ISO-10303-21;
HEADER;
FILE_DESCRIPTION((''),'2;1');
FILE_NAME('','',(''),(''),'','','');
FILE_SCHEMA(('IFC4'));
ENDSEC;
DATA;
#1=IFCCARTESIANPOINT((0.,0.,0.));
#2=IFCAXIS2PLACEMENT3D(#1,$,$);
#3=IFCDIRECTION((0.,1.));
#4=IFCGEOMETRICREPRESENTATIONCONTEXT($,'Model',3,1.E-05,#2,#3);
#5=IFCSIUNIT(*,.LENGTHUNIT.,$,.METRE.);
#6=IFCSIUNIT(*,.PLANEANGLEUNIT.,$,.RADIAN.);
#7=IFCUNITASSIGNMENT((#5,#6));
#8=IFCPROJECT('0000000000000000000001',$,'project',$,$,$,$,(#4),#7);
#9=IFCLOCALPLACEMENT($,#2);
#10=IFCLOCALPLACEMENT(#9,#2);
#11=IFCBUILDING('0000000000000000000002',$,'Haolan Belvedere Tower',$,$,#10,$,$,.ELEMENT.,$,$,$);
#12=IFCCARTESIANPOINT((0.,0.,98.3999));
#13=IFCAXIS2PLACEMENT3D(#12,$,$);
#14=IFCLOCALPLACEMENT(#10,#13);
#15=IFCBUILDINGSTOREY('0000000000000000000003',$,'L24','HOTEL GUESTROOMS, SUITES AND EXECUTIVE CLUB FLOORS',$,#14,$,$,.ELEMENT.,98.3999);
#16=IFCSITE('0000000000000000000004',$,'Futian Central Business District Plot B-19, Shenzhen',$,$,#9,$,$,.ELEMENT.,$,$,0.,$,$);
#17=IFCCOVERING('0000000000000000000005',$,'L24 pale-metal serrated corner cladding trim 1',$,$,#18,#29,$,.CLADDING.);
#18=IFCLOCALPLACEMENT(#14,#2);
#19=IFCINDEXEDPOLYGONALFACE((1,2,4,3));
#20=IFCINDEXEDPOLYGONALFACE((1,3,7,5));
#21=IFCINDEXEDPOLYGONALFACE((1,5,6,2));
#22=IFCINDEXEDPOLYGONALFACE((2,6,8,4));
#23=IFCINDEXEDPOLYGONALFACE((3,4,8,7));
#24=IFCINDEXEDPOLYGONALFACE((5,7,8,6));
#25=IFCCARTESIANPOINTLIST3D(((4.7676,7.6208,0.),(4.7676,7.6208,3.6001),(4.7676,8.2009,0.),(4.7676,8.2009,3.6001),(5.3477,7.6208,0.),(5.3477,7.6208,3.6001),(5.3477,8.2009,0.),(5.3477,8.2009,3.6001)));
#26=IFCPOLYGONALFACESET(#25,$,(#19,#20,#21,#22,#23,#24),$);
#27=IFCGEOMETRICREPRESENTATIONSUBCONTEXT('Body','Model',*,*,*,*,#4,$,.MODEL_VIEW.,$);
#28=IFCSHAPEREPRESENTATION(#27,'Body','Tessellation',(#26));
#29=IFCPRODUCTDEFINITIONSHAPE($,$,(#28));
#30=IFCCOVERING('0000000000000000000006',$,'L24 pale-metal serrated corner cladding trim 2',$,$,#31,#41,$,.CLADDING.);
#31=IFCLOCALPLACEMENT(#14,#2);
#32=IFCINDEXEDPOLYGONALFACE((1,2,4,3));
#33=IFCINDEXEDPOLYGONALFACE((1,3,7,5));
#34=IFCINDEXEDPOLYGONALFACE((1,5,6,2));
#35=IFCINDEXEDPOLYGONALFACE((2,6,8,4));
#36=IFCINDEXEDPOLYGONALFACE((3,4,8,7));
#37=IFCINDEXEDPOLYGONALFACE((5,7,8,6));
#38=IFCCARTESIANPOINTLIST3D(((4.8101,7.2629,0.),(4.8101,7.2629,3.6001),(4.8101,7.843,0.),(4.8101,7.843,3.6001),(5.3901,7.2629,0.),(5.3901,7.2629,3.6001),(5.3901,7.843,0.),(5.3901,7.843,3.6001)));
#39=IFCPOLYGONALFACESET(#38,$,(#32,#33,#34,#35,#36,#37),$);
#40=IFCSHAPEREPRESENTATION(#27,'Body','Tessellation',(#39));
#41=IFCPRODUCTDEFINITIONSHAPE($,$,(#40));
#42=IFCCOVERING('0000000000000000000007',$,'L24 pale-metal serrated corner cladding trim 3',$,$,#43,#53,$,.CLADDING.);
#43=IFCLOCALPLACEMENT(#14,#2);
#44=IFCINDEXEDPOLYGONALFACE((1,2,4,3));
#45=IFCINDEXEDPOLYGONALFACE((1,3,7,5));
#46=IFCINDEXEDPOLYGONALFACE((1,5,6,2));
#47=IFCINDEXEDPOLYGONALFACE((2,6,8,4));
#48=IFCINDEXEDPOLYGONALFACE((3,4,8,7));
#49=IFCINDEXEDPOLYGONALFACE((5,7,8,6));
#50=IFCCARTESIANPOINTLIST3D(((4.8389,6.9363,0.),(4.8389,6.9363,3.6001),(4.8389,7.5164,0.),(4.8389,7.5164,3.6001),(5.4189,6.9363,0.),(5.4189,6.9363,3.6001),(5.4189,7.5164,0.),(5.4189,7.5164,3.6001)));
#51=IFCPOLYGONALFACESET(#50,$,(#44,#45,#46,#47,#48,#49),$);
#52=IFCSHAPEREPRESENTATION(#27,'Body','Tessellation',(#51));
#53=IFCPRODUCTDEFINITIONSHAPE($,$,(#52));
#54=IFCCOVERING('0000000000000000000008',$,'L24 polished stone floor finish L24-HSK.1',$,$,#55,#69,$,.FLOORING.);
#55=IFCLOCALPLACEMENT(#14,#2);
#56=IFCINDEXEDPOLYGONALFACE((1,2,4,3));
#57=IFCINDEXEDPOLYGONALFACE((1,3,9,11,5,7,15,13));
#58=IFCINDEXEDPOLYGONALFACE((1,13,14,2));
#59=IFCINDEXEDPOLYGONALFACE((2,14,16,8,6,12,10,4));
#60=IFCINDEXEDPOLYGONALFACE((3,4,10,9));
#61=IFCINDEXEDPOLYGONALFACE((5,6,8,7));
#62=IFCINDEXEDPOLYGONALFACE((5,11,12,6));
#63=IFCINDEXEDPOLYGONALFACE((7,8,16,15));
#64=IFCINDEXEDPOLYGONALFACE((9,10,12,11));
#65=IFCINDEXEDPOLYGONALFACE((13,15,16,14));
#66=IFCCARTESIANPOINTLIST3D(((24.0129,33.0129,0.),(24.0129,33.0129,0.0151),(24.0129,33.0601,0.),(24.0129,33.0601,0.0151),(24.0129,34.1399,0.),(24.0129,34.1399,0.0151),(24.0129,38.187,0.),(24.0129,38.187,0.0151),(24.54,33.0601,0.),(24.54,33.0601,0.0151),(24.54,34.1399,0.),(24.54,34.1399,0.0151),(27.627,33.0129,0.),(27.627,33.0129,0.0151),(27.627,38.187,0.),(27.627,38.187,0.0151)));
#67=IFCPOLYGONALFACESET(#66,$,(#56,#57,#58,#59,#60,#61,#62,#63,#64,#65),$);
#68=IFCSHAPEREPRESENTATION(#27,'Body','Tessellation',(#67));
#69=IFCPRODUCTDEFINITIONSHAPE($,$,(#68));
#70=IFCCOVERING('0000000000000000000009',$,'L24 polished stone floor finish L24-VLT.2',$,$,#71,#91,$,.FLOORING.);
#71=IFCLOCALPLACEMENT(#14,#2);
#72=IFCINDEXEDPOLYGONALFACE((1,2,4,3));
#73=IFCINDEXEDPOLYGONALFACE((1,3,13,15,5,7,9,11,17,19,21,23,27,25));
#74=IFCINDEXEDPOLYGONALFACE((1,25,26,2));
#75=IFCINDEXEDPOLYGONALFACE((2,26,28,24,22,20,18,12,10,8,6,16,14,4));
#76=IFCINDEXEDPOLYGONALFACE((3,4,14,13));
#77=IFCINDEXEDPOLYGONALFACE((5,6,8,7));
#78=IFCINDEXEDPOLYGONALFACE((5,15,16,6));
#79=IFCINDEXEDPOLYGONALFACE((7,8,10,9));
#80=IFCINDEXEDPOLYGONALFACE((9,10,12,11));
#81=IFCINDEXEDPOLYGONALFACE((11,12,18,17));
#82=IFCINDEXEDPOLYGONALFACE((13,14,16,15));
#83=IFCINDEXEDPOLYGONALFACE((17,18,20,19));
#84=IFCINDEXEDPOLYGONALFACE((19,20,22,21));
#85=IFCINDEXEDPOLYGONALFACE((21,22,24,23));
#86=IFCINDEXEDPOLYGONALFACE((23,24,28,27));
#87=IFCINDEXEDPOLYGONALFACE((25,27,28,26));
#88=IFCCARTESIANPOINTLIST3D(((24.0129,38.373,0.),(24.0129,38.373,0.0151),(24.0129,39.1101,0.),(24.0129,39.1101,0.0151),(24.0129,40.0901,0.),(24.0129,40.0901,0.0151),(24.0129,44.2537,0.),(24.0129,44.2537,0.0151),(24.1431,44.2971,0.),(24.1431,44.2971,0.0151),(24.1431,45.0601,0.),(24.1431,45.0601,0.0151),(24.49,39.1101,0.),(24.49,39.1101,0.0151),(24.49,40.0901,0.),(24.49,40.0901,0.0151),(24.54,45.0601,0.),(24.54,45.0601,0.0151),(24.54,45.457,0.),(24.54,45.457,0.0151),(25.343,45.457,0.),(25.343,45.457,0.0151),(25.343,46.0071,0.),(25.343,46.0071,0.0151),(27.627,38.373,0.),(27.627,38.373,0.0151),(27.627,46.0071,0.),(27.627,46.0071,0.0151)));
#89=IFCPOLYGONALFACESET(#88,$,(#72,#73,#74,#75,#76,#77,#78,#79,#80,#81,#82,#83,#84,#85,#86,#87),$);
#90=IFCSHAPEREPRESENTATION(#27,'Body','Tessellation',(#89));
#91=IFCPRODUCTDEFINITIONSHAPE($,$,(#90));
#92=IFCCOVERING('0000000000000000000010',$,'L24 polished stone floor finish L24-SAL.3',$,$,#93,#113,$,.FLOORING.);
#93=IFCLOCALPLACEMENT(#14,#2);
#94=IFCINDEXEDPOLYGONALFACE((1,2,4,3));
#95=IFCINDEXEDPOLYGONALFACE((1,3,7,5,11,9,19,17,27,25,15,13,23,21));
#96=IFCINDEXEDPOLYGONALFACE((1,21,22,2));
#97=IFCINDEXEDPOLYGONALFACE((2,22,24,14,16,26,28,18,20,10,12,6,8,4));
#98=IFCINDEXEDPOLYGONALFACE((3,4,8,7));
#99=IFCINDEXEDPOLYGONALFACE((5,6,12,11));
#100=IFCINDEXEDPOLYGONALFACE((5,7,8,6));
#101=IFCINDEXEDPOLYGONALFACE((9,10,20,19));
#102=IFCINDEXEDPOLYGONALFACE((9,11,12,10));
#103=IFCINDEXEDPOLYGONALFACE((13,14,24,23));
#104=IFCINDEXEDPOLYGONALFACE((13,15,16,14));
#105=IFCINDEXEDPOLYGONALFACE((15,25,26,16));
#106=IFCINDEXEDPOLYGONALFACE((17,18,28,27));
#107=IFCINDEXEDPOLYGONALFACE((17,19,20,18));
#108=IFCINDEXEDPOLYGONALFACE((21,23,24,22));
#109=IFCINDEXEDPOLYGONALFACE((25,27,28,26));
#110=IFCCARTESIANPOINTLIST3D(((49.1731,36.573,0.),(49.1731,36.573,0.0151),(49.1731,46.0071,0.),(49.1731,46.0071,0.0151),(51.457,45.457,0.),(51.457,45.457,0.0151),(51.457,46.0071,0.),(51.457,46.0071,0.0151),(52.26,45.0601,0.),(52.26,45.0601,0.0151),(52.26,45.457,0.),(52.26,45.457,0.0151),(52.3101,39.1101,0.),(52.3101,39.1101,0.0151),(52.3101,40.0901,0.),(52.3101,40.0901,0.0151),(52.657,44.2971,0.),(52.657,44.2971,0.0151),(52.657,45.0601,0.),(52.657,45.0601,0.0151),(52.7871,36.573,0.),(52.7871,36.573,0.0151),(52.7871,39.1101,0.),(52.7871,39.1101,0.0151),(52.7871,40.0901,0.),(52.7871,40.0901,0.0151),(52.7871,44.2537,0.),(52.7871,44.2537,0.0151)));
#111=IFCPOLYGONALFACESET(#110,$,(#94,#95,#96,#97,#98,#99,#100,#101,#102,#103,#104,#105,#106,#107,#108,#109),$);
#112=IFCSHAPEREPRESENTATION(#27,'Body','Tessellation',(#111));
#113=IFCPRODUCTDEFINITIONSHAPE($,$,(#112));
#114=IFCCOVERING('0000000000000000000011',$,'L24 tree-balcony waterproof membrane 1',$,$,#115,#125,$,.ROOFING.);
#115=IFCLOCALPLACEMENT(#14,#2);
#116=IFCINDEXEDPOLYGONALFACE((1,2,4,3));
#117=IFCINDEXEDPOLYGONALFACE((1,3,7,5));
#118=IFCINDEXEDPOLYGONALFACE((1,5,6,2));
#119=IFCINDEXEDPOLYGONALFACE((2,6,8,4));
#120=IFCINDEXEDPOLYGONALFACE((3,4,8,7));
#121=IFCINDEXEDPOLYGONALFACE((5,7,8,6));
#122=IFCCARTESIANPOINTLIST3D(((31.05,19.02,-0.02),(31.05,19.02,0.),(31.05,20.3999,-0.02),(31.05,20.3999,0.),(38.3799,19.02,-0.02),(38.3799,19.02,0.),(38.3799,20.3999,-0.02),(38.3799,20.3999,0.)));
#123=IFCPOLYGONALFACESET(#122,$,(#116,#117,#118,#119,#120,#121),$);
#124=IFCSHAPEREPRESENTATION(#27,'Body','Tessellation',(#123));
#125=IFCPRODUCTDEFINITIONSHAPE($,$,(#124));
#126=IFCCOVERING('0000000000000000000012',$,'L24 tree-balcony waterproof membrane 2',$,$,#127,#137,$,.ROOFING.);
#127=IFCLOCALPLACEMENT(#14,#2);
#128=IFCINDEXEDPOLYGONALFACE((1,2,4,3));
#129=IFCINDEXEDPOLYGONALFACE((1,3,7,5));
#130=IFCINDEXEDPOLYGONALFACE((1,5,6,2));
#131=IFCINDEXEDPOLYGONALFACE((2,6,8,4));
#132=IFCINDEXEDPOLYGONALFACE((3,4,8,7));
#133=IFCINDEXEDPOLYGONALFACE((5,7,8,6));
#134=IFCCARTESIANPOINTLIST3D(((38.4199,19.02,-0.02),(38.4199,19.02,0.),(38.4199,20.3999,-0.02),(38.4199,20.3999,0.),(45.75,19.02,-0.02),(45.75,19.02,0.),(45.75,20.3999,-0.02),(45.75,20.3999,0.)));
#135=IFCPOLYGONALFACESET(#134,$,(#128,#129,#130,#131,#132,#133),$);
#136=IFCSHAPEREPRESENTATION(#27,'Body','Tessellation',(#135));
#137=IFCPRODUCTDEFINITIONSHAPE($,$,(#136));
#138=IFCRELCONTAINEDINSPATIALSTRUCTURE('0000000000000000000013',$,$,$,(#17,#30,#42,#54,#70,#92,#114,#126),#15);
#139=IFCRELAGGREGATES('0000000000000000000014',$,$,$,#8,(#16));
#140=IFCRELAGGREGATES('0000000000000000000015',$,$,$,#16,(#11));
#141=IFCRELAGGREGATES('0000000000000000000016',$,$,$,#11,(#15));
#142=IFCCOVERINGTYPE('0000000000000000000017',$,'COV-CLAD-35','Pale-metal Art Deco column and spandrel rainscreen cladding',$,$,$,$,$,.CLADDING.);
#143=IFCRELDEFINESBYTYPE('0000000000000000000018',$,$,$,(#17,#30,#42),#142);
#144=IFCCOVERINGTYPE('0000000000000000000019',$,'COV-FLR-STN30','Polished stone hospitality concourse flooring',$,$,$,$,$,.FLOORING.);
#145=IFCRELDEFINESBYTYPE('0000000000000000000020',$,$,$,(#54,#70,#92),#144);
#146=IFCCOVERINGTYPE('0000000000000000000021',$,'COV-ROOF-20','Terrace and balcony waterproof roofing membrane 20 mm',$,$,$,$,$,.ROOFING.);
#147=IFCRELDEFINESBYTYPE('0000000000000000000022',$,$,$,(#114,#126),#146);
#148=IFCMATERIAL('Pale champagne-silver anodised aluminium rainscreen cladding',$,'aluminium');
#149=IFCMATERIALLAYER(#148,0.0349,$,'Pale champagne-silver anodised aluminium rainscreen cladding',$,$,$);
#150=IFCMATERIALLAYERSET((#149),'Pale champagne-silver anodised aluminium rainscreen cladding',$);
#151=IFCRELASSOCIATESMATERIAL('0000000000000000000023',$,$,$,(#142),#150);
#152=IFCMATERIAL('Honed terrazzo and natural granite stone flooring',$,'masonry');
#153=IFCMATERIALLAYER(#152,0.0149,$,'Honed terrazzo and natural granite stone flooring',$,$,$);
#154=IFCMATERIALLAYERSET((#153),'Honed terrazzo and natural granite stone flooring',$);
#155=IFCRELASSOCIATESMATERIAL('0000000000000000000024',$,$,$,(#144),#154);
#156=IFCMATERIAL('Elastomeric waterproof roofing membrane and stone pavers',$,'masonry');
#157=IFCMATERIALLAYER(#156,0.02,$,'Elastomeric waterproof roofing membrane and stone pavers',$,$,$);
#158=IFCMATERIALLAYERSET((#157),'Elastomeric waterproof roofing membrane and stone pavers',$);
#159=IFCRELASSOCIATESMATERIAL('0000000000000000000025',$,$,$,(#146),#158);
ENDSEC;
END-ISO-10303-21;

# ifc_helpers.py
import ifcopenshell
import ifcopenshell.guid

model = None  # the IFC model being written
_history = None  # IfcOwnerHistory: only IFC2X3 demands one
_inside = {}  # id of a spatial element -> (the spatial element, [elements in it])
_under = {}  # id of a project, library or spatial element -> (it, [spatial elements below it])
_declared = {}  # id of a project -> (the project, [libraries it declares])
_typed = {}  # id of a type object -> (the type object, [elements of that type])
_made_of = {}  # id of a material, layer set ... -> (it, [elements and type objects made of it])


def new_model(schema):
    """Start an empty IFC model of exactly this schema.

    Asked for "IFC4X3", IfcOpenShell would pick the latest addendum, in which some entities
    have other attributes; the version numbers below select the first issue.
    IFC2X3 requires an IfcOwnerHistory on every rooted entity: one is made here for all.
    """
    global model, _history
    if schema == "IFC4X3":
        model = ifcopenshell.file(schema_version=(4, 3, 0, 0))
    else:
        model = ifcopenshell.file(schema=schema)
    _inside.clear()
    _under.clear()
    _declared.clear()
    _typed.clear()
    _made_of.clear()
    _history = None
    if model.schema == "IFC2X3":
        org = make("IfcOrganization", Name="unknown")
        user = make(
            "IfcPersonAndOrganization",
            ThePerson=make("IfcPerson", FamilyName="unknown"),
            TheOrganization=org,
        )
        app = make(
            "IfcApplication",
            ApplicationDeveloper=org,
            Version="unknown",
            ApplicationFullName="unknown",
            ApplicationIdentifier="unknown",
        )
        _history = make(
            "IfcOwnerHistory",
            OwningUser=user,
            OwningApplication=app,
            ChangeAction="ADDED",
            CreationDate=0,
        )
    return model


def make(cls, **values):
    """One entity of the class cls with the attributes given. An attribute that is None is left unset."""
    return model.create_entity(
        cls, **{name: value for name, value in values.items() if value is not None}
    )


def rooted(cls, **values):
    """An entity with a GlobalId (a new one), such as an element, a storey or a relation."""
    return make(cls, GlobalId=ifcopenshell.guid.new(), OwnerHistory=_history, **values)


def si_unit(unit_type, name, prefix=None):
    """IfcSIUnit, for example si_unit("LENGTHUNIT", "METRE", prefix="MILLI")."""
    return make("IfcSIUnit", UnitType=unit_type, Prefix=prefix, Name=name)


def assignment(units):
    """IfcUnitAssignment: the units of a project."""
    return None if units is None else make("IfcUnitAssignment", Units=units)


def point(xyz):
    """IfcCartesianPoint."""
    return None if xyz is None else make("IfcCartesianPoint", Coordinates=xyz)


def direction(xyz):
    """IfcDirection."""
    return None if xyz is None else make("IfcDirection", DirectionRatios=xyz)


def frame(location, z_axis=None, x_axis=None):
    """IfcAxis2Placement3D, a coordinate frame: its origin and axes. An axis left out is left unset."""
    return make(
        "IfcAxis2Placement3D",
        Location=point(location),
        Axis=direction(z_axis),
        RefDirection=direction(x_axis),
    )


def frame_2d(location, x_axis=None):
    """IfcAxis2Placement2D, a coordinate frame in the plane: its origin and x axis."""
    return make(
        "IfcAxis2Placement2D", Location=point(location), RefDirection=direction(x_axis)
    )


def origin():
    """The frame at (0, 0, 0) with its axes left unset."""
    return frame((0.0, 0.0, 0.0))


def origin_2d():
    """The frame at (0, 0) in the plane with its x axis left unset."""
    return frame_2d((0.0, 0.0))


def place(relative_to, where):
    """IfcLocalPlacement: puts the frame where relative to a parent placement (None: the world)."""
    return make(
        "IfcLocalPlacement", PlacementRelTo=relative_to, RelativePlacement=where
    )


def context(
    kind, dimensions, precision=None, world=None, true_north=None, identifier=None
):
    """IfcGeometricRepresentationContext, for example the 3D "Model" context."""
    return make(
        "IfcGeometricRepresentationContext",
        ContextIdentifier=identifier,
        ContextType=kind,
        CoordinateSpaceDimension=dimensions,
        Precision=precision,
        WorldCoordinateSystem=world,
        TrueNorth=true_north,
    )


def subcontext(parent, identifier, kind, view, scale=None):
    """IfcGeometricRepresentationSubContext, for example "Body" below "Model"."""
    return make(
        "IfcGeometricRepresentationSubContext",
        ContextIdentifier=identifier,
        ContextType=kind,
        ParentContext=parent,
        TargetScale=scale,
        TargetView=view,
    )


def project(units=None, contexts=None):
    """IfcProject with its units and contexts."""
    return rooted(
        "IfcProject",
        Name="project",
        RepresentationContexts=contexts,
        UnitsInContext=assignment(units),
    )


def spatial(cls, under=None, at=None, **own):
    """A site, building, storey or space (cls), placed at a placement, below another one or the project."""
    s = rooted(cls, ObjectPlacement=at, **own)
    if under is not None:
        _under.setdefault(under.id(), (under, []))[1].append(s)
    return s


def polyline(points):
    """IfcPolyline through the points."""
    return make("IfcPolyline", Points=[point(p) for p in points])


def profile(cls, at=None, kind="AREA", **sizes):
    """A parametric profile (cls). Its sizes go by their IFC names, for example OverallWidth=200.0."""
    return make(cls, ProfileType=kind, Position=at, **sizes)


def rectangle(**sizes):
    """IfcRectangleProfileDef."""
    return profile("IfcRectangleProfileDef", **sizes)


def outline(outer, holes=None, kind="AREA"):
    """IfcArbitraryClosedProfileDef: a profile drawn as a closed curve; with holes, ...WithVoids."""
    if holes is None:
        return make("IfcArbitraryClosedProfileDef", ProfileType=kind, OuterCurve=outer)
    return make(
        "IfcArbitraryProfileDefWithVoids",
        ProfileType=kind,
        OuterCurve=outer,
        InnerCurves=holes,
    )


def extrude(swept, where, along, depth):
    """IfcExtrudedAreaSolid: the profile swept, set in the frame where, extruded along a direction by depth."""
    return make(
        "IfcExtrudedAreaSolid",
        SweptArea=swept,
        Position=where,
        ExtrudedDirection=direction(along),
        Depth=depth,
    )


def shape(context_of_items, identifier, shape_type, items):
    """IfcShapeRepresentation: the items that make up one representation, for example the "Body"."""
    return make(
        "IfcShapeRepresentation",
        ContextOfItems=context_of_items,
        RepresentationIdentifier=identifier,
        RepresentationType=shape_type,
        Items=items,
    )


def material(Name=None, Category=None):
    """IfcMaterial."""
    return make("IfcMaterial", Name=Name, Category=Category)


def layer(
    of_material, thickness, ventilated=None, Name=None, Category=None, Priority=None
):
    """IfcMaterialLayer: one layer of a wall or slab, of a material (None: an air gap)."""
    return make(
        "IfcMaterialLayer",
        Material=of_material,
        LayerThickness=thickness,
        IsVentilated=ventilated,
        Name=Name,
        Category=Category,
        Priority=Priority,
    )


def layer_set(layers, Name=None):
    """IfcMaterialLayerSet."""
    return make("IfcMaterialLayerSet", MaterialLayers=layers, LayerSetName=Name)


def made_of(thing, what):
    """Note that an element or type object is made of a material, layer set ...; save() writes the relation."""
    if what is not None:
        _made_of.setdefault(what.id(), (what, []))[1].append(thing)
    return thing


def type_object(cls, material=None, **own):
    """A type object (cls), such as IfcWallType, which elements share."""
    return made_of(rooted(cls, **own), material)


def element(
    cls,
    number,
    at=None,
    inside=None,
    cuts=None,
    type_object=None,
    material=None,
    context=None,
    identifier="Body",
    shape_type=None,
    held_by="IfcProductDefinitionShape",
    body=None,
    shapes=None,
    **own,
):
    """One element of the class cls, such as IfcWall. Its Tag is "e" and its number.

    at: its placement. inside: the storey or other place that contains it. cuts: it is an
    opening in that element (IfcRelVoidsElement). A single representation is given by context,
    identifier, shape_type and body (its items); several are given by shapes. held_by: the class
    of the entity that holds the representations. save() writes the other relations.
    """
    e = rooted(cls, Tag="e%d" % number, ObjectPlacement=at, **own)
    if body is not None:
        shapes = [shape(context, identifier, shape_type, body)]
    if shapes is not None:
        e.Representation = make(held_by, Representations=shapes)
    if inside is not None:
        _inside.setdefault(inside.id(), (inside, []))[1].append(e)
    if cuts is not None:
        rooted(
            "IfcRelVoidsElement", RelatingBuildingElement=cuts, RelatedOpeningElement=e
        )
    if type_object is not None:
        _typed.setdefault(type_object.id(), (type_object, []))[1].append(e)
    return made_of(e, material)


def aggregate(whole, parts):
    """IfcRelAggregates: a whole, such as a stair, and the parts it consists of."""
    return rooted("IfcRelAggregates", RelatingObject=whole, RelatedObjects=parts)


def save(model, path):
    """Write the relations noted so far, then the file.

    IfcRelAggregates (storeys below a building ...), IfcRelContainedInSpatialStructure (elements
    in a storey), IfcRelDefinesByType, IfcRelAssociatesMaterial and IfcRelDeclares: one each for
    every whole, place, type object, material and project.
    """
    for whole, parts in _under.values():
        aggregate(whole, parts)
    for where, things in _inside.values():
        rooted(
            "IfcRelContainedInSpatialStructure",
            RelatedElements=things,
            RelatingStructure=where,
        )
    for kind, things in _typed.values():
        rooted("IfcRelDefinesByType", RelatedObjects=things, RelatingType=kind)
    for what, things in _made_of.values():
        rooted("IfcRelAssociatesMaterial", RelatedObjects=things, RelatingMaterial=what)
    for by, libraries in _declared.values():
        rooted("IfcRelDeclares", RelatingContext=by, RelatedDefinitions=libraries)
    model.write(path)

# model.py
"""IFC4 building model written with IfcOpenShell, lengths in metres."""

from ifc_helpers import new_model, si_unit, direction, frame, origin, origin_2d, place, context, subcontext, project, spatial, polyline, rectangle, outline, extrude, material, layer, layer_set, type_object, element, save


model = new_model("IFC4")

# Units and contexts
model_context = context("Model", 3, precision=1e-05, world=origin(), true_north=direction((0.0, 1.0)))
body_context = subcontext(model_context, "Body", "Model", "MODEL_VIEW")
ifc_project = project(units=[si_unit("LENGTHUNIT", "METRE"), si_unit("PLANEANGLEUNIT", "RADIAN")], contexts=[model_context])

# Site, building, storey
site_placement = place(None, origin())
site = spatial("IfcSite", under=ifc_project, at=site_placement, Name="Futian Central Business District Plot B-19, Shenzhen", CompositionType="ELEMENT", RefElevation=0.0)
building_placement = place(site_placement, origin())
building = spatial("IfcBuilding", under=site, at=building_placement, Name="Haolan Belvedere Tower", CompositionType="ELEMENT")
storey_placement = place(building_placement, frame((0.0, 0.0, 98.3999)))
storey = spatial("IfcBuildingStorey", under=building, at=storey_placement, Name="L24", Description="HOTEL GUESTROOMS, SUITES AND EXECUTIVE CLUB FLOORS", CompositionType="ELEMENT", Elevation=98.3999)

# Coverings
ifc_material_1 = material(Name="Pale champagne-silver anodised aluminium rainscreen cladding", Category="aluminium")
ifc_layer_1 = layer(ifc_material_1, 0.0349, Name="Pale champagne-silver anodised aluminium rainscreen cladding")
ifc_layer_set_1 = layer_set([ifc_layer_1], Name="Pale champagne-silver anodised aluminium rainscreen cladding")
covering_type_1 = type_object("IfcCoveringType", Name="COV-CLAD-35", Description="Pale-metal Art Deco column and spandrel rainscreen cladding", PredefinedType="CLADDING", material=ifc_layer_set_1)
for number, where, z_axis, x_axis, name in (
    (1, (5.0576, 7.9109, 0.0), (0.0, 0.0, 1.0), (1.0, 0.0, 0.0), "L24 pale-metal serrated corner cladding trim 1"),
    (2, (5.1001, 7.553, 0.0), (0.0, 0.0, 1.0), (1.0, 0.0, 0.0), "L24 pale-metal serrated corner cladding trim 2"),
    (3, (5.1289, 7.2263, 0.0), (0.0, 0.0, 1.0), (1.0, 0.0, 0.0), "L24 pale-metal serrated corner cladding trim 3"),
):
    element("IfcCovering", number, at=place(storey_placement, frame(where, z_axis=z_axis, x_axis=x_axis)), inside=storey, type_object=covering_type_1, Name=name, PredefinedType="CLADDING", context=body_context, shape_type="SweptSolid", body=[
        extrude(rectangle(XDim=0.5801, YDim=0.5801, at=origin_2d()), origin(), (0.0, 0.0, 1.0), 3.6001),
    ])
ifc_material_2 = material(Name="Honed terrazzo and natural granite stone flooring", Category="masonry")
ifc_layer_2 = layer(ifc_material_2, 0.0149, Name="Honed terrazzo and natural granite stone flooring")
ifc_layer_set_2 = layer_set([ifc_layer_2], Name="Honed terrazzo and natural granite stone flooring")
covering_type_2 = type_object("IfcCoveringType", Name="COV-FLR-STN30", Description="Polished stone hospitality concourse flooring", PredefinedType="FLOORING", material=ifc_layer_set_2)
covering_1_placement = place(storey_placement, origin())
element("IfcCovering", 4, at=covering_1_placement, inside=storey, type_object=covering_type_2, Name="L24 polished stone floor finish L24-HSK.1", PredefinedType="FLOORING", context=body_context, shape_type="SweptSolid", body=[
    extrude(outline(polyline([(27.627, 38.187), (24.0129, 38.187), (24.0129, 34.1399), (24.54, 34.1399), (24.54, 33.0601), (24.0129, 33.0601), (24.0129, 33.0129), (27.627, 33.0129), (27.627, 38.187)])), origin(), (0.0, 0.0, 1.0), 0.0151),
])
covering_2_placement = place(storey_placement, origin())
element("IfcCovering", 5, at=covering_2_placement, inside=storey, type_object=covering_type_2, Name="L24 polished stone floor finish L24-VLT.2", PredefinedType="FLOORING", context=body_context, shape_type="SweptSolid", body=[
    extrude(outline(polyline([(24.49, 40.0901), (24.49, 39.1101), (24.0129, 39.1101), (24.0129, 38.373), (27.627, 38.373), (27.627, 46.0071), (25.343, 46.0071), (25.343, 45.457), (24.54, 45.457), (24.54, 45.0601), (24.1431, 45.0601), (24.1431, 44.2971), (24.0129, 44.2537), (24.0129, 40.0901), (24.49, 40.0901)])), origin(), (0.0, 0.0, 1.0), 0.0151),
])
covering_3_placement = place(storey_placement, origin())
element("IfcCovering", 6, at=covering_3_placement, inside=storey, type_object=covering_type_2, Name="L24 polished stone floor finish L24-SAL.3", PredefinedType="FLOORING", context=body_context, shape_type="SweptSolid", body=[
    extrude(outline(polyline([(49.1731, 46.0071), (49.1731, 36.573), (52.7871, 36.573), (52.7871, 39.1101), (52.3101, 39.1101), (52.3101, 40.0901), (52.7871, 40.0901), (52.7871, 44.2537), (52.657, 44.2971), (52.657, 45.0601), (52.26, 45.0601), (52.26, 45.457), (51.457, 45.457), (51.457, 46.0071), (49.1731, 46.0071)])), origin(), (0.0, 0.0, 1.0), 0.0151),
])
ifc_material_3 = material(Name="Elastomeric waterproof roofing membrane and stone pavers", Category="masonry")
ifc_layer_3 = layer(ifc_material_3, 0.02, Name="Elastomeric waterproof roofing membrane and stone pavers")
ifc_layer_set_3 = layer_set([ifc_layer_3], Name="Elastomeric waterproof roofing membrane and stone pavers")
covering_type_3 = type_object("IfcCoveringType", Name="COV-ROOF-20", Description="Terrace and balcony waterproof roofing membrane 20 mm", PredefinedType="ROOFING", material=ifc_layer_set_3)
covering_4_placement = place(storey_placement, frame((0.0, 0.0, -0.02)))
element("IfcCovering", 7, at=covering_4_placement, inside=storey, type_object=covering_type_3, Name="L24 tree-balcony waterproof membrane 1", PredefinedType="ROOFING", context=body_context, shape_type="SweptSolid", body=[
    extrude(outline(polyline([(31.05, 19.02), (38.3799, 19.02), (38.3799, 20.3999), (31.05, 20.3999), (31.05, 19.02)])), origin(), (0.0, 0.0, 1.0), 0.02),
])
covering_5_placement = place(storey_placement, frame((0.0, 0.0, -0.02)))
element("IfcCovering", 8, at=covering_5_placement, inside=storey, type_object=covering_type_3, Name="L24 tree-balcony waterproof membrane 2", PredefinedType="ROOFING", context=body_context, shape_type="SweptSolid", body=[
    extrude(outline(polyline([(38.4199, 19.02), (45.75, 19.02), (45.75, 20.3999), (38.4199, 20.3999), (38.4199, 19.02)])), origin(), (0.0, 0.0, 1.0), 0.02),
])

save(model, "model.ifc")
